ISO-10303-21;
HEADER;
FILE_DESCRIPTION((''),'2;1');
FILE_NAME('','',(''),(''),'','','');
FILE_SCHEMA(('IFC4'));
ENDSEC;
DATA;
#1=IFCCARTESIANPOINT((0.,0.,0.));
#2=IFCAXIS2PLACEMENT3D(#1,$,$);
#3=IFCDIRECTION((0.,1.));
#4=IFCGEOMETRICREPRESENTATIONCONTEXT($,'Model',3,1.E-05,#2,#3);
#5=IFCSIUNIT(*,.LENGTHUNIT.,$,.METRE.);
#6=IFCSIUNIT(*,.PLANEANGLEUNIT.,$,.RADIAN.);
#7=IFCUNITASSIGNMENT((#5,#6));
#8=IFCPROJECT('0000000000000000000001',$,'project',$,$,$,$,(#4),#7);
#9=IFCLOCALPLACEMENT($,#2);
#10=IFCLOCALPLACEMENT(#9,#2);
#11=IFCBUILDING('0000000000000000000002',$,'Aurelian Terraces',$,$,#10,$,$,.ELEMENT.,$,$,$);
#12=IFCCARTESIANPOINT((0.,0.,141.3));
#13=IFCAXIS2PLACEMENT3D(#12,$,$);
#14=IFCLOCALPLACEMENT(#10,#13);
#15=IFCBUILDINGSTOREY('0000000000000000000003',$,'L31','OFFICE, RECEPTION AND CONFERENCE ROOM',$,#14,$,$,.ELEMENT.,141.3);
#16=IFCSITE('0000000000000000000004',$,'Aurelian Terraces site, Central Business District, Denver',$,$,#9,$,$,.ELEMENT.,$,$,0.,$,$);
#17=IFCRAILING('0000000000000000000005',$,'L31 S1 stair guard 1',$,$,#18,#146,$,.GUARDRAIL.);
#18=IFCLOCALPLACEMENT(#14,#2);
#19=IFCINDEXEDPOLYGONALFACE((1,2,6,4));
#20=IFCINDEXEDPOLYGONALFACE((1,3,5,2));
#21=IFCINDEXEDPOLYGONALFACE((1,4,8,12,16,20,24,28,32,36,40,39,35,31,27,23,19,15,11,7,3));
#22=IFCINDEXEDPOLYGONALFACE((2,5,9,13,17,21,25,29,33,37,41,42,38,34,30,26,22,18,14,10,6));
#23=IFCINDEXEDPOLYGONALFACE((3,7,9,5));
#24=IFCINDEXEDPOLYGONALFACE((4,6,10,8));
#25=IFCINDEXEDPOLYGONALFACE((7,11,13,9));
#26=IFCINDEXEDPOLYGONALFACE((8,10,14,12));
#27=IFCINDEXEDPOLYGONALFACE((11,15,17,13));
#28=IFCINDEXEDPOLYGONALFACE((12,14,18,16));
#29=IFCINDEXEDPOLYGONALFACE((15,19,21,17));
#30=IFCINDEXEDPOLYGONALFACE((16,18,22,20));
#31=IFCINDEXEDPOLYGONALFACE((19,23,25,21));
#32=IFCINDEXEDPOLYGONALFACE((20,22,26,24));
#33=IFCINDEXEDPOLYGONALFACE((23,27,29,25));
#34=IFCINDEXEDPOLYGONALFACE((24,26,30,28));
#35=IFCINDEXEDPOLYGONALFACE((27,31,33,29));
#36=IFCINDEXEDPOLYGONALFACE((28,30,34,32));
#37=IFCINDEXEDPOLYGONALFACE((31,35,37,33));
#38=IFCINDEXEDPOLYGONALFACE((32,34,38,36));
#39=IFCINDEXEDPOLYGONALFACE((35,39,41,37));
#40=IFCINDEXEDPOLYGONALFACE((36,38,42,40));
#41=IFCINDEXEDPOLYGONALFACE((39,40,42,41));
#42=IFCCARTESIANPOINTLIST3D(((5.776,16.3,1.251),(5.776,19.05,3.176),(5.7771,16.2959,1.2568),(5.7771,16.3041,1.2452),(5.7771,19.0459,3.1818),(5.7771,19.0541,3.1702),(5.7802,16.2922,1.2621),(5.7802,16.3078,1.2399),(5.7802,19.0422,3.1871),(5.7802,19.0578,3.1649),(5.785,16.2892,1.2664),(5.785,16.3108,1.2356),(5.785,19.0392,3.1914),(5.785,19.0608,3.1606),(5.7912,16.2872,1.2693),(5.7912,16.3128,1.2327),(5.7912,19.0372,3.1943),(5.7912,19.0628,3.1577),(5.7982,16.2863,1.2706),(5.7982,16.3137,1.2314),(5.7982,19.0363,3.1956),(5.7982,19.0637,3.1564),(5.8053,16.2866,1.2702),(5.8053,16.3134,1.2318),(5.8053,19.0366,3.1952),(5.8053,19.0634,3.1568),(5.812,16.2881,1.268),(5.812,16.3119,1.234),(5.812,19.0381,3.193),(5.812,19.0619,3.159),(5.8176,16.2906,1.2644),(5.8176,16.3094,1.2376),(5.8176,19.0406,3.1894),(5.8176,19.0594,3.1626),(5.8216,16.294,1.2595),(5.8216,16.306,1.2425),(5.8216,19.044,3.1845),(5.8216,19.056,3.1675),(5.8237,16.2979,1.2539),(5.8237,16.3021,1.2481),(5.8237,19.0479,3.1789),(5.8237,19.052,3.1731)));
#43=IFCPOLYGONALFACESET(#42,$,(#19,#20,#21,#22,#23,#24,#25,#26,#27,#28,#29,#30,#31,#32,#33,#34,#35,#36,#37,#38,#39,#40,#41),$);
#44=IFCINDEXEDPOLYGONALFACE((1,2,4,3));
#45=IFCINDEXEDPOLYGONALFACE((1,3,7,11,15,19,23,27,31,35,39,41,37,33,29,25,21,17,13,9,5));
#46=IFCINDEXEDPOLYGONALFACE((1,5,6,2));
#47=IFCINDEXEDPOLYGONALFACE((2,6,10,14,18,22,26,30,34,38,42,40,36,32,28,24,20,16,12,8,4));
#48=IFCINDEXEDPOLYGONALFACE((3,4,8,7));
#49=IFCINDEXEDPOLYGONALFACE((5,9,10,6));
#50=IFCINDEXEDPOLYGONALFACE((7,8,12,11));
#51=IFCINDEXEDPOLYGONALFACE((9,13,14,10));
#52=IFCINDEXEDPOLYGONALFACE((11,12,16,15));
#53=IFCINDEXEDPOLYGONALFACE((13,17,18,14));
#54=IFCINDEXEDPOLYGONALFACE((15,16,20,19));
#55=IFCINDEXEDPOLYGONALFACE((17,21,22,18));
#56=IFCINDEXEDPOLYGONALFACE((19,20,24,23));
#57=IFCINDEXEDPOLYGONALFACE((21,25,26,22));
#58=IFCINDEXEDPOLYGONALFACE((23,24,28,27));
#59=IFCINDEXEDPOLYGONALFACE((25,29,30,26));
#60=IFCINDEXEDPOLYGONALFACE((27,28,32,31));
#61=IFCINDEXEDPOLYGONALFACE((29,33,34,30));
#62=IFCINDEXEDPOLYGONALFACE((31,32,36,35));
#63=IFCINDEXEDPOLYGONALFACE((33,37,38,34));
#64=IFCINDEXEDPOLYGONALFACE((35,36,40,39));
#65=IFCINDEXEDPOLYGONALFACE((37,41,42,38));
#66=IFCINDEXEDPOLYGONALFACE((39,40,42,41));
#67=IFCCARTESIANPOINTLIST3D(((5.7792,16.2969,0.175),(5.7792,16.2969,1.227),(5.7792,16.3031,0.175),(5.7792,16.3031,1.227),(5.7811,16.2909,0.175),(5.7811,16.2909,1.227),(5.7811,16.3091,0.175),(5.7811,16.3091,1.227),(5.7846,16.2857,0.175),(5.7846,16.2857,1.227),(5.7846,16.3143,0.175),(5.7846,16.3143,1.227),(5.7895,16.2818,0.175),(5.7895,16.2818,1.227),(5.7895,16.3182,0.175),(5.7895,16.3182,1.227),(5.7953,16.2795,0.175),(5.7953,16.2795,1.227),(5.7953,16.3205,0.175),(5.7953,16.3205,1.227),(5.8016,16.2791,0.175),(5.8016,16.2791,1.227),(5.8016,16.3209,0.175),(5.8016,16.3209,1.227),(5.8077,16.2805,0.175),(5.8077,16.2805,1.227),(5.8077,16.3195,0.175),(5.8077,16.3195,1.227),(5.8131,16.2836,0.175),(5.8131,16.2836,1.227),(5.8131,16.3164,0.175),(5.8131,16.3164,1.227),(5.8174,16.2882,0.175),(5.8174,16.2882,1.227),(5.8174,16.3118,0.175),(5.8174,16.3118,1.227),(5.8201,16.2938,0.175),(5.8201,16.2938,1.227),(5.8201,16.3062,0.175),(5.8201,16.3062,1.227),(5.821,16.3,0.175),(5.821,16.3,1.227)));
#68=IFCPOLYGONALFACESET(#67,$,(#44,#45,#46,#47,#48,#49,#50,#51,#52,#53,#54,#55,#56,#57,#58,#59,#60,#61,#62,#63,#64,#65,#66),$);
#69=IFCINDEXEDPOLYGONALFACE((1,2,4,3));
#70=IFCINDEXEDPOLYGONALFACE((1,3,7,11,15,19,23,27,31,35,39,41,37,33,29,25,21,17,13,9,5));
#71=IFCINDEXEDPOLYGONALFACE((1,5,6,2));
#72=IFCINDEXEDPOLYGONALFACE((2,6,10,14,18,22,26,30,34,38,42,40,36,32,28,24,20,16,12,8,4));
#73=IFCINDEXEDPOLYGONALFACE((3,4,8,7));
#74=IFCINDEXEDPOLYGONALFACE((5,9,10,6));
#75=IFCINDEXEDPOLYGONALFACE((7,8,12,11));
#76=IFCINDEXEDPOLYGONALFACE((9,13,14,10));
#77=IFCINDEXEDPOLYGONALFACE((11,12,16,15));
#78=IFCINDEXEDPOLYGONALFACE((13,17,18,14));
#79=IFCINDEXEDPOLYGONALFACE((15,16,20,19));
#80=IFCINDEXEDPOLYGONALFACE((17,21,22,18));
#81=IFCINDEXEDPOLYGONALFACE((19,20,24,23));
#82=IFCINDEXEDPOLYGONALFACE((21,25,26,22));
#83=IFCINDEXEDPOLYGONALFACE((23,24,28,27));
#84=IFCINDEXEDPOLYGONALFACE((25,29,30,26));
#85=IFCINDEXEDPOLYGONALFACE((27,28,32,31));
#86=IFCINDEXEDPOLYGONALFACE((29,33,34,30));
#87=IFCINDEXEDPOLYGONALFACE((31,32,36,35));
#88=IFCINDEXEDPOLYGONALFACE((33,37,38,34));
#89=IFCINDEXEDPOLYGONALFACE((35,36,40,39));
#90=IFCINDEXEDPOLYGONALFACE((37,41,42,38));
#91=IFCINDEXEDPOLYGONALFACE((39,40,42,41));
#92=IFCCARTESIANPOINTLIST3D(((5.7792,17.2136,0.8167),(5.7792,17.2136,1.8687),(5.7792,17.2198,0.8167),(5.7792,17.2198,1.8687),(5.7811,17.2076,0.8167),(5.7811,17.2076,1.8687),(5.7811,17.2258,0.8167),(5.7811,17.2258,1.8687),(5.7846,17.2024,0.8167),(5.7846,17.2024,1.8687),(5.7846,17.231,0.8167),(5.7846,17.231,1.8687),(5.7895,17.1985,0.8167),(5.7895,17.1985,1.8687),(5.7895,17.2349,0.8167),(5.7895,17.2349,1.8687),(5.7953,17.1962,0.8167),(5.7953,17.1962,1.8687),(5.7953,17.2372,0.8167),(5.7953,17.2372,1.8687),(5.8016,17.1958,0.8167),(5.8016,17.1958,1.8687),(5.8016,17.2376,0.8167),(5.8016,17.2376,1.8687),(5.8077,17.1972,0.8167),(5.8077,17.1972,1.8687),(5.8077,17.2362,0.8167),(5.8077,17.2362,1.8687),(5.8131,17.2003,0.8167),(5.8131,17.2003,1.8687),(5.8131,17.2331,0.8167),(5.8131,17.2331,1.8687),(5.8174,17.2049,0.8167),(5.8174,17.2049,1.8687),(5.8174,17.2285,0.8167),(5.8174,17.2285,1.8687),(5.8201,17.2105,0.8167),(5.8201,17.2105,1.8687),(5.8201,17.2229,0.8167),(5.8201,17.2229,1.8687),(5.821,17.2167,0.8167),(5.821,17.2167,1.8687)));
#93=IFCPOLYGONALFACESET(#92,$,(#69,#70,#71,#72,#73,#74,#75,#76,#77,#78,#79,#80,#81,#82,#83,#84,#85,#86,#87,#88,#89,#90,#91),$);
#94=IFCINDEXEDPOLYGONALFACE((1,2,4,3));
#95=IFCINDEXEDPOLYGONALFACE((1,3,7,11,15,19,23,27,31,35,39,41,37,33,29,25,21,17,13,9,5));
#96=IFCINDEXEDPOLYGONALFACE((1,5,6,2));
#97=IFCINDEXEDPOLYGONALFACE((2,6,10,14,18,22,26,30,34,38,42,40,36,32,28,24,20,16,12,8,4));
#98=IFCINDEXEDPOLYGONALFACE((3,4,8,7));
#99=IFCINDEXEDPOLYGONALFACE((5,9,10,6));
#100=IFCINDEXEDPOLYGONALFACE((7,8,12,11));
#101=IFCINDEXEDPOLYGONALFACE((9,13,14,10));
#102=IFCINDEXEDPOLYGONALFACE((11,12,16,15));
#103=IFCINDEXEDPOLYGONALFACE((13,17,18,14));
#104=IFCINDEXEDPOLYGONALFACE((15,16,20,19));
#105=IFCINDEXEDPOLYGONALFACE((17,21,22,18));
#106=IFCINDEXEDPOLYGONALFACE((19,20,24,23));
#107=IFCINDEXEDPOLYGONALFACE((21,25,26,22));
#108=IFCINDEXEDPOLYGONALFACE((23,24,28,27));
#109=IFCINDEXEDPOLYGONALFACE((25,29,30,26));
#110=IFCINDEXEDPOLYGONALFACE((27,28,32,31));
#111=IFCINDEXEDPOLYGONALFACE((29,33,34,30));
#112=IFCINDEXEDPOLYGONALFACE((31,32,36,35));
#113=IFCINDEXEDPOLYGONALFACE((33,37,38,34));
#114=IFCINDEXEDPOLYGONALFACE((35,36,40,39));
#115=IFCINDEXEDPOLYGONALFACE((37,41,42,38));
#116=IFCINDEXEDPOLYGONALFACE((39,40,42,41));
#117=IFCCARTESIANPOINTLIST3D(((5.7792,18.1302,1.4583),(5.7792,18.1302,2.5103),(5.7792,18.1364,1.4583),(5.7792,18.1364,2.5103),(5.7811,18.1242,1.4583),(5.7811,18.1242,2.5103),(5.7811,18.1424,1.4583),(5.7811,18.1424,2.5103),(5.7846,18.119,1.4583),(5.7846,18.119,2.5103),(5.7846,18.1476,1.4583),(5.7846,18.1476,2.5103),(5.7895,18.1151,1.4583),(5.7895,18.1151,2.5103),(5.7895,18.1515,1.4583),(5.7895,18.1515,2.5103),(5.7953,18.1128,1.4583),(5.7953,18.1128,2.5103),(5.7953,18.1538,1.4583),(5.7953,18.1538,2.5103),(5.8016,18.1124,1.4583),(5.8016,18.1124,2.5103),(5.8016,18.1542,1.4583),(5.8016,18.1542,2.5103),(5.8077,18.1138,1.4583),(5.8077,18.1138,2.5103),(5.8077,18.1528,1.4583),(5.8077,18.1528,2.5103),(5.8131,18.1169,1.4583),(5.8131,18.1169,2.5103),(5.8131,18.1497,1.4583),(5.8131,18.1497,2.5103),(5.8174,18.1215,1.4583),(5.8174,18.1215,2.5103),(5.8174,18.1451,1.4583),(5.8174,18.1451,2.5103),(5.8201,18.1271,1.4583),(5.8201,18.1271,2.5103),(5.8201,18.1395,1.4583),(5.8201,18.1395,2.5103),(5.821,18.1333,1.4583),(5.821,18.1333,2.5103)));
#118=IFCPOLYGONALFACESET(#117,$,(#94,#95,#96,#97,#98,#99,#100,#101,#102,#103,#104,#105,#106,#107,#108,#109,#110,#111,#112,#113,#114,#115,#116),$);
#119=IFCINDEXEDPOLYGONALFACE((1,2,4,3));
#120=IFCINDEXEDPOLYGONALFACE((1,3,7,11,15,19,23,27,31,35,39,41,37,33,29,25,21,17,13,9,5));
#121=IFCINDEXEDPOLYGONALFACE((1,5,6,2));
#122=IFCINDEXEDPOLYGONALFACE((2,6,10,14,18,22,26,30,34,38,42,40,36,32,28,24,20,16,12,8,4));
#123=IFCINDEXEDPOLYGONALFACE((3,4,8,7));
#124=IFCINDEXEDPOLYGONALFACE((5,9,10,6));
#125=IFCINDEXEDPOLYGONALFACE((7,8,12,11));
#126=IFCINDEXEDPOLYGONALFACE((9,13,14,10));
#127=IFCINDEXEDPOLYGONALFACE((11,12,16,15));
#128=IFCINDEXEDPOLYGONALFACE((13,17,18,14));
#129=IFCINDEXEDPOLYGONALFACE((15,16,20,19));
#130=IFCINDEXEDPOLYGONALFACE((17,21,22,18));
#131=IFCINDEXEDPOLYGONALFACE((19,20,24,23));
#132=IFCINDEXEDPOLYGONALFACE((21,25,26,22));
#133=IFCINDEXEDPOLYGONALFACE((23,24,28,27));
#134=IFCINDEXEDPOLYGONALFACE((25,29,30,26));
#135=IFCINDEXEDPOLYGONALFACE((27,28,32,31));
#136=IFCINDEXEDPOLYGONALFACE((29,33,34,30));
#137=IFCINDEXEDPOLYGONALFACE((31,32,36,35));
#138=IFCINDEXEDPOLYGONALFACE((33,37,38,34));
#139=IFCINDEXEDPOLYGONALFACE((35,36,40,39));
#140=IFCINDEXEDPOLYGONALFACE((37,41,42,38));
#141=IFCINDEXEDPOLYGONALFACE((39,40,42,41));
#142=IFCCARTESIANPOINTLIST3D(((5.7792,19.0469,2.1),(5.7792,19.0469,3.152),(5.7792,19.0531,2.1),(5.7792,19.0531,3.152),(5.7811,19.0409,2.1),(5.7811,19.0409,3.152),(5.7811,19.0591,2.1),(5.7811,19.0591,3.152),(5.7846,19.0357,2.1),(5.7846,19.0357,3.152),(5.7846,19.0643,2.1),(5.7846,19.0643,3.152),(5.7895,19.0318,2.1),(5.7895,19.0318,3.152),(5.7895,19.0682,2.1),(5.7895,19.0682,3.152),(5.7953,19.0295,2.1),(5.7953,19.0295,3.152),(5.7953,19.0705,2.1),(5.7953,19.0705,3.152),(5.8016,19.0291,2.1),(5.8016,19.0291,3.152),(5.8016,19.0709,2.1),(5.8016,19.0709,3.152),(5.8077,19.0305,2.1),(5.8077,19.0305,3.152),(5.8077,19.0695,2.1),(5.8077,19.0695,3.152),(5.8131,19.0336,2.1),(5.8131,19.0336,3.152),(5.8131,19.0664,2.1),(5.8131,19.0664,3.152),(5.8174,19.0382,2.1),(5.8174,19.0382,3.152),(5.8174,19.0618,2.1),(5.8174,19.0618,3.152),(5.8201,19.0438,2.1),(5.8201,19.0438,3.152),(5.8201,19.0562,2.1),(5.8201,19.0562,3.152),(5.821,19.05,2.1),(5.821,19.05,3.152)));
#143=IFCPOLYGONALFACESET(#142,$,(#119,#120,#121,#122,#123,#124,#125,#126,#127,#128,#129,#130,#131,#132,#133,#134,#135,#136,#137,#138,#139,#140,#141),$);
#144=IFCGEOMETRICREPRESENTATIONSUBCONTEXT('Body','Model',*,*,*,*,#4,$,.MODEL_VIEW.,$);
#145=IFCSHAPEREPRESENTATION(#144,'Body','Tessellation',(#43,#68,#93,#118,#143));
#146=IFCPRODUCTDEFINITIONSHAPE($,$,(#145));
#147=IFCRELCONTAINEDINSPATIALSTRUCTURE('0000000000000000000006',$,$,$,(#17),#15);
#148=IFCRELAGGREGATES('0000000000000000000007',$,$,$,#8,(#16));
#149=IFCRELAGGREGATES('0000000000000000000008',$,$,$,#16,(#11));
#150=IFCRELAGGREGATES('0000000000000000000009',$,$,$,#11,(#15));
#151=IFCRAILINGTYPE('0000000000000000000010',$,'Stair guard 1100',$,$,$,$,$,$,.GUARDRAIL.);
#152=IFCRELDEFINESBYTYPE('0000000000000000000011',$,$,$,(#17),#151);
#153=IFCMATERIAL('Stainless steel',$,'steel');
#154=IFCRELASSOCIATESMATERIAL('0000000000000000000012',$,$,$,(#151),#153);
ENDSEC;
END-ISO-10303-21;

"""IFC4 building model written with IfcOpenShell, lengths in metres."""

from ifc_helpers import new_model, si_unit, direction, frame, origin, origin_2d, place, context, subcontext, project, spatial, circle, extrude, source, transform, mapped, material, type_object, element, save


model = new_model("IFC4")

# Units and contexts
model_context = context("Model", 3, precision=1e-05, world=origin(), true_north=direction((0.0, 1.0)))
body_context = subcontext(model_context, "Body", "Model", "MODEL_VIEW")
ifc_project = project(units=[si_unit("LENGTHUNIT", "METRE"), si_unit("PLANEANGLEUNIT", "RADIAN")], contexts=[model_context])

# Site, building, storey
site_placement = place(None, origin())
site = spatial("IfcSite", under=ifc_project, at=site_placement, Name="Aurelian Terraces site, Central Business District, Denver", CompositionType="ELEMENT", RefElevation=0.0)
building_placement = place(site_placement, origin())
building = spatial("IfcBuilding", under=site, at=building_placement, Name="Aurelian Terraces", CompositionType="ELEMENT")
storey_placement = place(building_placement, frame((0.0, 0.0, 141.3)))
storey = spatial("IfcBuildingStorey", under=building, at=storey_placement, Name="L31", Description="OFFICE, RECEPTION AND CONFERENCE ROOM", CompositionType="ELEMENT", Elevation=141.3)

# Shared definitions
ifc_material_1 = material(Name="Stainless steel", Category="steel")

# Railing
railing_type_1 = type_object("IfcRailingType", Name="Stair guard 1100", PredefinedType="GUARDRAIL", material=ifc_material_1)
shared_shape_1 = source(origin(), body_context, "Body", "SweptSolid", [
    extrude(circle(Radius=0.024, at=origin_2d()), frame((0.0, 0.0, 1.076), z_axis=(0.0, 0.819232, 0.573462), x_axis=(-1.0, 0.0, 0.0)), (0.0, 0.0, 1.0), 3.3568),
    extrude(circle(Radius=0.021, at=origin_2d()), origin(), (0.0, 0.0, 1.0), 1.052),
    extrude(circle(Radius=0.021, at=origin_2d()), frame((0.0, 0.9167, 0.6417)), (0.0, 0.0, 1.0), 1.052),
    extrude(circle(Radius=0.021, at=origin_2d()), frame((0.0, 1.8333, 1.2833)), (0.0, 0.0, 1.0), 1.052),
    extrude(circle(Radius=0.021, at=origin_2d()), frame((0.0, 2.75, 1.925)), (0.0, 0.0, 1.0), 1.052),
])
railing_1_placement = place(storey_placement, frame((5.8, 16.3, 0.175)))
element("IfcRailing", 1, at=railing_1_placement, inside=storey, type_object=railing_type_1, Name="L31 S1 stair guard 1", PredefinedType="GUARDRAIL", context=body_context, shape_type="MappedRepresentation", body=[
    mapped(shared_shape_1, transform((0.0, 0.0, 0.0), scale=1.0)),
])

save(model, "model.ifc")
